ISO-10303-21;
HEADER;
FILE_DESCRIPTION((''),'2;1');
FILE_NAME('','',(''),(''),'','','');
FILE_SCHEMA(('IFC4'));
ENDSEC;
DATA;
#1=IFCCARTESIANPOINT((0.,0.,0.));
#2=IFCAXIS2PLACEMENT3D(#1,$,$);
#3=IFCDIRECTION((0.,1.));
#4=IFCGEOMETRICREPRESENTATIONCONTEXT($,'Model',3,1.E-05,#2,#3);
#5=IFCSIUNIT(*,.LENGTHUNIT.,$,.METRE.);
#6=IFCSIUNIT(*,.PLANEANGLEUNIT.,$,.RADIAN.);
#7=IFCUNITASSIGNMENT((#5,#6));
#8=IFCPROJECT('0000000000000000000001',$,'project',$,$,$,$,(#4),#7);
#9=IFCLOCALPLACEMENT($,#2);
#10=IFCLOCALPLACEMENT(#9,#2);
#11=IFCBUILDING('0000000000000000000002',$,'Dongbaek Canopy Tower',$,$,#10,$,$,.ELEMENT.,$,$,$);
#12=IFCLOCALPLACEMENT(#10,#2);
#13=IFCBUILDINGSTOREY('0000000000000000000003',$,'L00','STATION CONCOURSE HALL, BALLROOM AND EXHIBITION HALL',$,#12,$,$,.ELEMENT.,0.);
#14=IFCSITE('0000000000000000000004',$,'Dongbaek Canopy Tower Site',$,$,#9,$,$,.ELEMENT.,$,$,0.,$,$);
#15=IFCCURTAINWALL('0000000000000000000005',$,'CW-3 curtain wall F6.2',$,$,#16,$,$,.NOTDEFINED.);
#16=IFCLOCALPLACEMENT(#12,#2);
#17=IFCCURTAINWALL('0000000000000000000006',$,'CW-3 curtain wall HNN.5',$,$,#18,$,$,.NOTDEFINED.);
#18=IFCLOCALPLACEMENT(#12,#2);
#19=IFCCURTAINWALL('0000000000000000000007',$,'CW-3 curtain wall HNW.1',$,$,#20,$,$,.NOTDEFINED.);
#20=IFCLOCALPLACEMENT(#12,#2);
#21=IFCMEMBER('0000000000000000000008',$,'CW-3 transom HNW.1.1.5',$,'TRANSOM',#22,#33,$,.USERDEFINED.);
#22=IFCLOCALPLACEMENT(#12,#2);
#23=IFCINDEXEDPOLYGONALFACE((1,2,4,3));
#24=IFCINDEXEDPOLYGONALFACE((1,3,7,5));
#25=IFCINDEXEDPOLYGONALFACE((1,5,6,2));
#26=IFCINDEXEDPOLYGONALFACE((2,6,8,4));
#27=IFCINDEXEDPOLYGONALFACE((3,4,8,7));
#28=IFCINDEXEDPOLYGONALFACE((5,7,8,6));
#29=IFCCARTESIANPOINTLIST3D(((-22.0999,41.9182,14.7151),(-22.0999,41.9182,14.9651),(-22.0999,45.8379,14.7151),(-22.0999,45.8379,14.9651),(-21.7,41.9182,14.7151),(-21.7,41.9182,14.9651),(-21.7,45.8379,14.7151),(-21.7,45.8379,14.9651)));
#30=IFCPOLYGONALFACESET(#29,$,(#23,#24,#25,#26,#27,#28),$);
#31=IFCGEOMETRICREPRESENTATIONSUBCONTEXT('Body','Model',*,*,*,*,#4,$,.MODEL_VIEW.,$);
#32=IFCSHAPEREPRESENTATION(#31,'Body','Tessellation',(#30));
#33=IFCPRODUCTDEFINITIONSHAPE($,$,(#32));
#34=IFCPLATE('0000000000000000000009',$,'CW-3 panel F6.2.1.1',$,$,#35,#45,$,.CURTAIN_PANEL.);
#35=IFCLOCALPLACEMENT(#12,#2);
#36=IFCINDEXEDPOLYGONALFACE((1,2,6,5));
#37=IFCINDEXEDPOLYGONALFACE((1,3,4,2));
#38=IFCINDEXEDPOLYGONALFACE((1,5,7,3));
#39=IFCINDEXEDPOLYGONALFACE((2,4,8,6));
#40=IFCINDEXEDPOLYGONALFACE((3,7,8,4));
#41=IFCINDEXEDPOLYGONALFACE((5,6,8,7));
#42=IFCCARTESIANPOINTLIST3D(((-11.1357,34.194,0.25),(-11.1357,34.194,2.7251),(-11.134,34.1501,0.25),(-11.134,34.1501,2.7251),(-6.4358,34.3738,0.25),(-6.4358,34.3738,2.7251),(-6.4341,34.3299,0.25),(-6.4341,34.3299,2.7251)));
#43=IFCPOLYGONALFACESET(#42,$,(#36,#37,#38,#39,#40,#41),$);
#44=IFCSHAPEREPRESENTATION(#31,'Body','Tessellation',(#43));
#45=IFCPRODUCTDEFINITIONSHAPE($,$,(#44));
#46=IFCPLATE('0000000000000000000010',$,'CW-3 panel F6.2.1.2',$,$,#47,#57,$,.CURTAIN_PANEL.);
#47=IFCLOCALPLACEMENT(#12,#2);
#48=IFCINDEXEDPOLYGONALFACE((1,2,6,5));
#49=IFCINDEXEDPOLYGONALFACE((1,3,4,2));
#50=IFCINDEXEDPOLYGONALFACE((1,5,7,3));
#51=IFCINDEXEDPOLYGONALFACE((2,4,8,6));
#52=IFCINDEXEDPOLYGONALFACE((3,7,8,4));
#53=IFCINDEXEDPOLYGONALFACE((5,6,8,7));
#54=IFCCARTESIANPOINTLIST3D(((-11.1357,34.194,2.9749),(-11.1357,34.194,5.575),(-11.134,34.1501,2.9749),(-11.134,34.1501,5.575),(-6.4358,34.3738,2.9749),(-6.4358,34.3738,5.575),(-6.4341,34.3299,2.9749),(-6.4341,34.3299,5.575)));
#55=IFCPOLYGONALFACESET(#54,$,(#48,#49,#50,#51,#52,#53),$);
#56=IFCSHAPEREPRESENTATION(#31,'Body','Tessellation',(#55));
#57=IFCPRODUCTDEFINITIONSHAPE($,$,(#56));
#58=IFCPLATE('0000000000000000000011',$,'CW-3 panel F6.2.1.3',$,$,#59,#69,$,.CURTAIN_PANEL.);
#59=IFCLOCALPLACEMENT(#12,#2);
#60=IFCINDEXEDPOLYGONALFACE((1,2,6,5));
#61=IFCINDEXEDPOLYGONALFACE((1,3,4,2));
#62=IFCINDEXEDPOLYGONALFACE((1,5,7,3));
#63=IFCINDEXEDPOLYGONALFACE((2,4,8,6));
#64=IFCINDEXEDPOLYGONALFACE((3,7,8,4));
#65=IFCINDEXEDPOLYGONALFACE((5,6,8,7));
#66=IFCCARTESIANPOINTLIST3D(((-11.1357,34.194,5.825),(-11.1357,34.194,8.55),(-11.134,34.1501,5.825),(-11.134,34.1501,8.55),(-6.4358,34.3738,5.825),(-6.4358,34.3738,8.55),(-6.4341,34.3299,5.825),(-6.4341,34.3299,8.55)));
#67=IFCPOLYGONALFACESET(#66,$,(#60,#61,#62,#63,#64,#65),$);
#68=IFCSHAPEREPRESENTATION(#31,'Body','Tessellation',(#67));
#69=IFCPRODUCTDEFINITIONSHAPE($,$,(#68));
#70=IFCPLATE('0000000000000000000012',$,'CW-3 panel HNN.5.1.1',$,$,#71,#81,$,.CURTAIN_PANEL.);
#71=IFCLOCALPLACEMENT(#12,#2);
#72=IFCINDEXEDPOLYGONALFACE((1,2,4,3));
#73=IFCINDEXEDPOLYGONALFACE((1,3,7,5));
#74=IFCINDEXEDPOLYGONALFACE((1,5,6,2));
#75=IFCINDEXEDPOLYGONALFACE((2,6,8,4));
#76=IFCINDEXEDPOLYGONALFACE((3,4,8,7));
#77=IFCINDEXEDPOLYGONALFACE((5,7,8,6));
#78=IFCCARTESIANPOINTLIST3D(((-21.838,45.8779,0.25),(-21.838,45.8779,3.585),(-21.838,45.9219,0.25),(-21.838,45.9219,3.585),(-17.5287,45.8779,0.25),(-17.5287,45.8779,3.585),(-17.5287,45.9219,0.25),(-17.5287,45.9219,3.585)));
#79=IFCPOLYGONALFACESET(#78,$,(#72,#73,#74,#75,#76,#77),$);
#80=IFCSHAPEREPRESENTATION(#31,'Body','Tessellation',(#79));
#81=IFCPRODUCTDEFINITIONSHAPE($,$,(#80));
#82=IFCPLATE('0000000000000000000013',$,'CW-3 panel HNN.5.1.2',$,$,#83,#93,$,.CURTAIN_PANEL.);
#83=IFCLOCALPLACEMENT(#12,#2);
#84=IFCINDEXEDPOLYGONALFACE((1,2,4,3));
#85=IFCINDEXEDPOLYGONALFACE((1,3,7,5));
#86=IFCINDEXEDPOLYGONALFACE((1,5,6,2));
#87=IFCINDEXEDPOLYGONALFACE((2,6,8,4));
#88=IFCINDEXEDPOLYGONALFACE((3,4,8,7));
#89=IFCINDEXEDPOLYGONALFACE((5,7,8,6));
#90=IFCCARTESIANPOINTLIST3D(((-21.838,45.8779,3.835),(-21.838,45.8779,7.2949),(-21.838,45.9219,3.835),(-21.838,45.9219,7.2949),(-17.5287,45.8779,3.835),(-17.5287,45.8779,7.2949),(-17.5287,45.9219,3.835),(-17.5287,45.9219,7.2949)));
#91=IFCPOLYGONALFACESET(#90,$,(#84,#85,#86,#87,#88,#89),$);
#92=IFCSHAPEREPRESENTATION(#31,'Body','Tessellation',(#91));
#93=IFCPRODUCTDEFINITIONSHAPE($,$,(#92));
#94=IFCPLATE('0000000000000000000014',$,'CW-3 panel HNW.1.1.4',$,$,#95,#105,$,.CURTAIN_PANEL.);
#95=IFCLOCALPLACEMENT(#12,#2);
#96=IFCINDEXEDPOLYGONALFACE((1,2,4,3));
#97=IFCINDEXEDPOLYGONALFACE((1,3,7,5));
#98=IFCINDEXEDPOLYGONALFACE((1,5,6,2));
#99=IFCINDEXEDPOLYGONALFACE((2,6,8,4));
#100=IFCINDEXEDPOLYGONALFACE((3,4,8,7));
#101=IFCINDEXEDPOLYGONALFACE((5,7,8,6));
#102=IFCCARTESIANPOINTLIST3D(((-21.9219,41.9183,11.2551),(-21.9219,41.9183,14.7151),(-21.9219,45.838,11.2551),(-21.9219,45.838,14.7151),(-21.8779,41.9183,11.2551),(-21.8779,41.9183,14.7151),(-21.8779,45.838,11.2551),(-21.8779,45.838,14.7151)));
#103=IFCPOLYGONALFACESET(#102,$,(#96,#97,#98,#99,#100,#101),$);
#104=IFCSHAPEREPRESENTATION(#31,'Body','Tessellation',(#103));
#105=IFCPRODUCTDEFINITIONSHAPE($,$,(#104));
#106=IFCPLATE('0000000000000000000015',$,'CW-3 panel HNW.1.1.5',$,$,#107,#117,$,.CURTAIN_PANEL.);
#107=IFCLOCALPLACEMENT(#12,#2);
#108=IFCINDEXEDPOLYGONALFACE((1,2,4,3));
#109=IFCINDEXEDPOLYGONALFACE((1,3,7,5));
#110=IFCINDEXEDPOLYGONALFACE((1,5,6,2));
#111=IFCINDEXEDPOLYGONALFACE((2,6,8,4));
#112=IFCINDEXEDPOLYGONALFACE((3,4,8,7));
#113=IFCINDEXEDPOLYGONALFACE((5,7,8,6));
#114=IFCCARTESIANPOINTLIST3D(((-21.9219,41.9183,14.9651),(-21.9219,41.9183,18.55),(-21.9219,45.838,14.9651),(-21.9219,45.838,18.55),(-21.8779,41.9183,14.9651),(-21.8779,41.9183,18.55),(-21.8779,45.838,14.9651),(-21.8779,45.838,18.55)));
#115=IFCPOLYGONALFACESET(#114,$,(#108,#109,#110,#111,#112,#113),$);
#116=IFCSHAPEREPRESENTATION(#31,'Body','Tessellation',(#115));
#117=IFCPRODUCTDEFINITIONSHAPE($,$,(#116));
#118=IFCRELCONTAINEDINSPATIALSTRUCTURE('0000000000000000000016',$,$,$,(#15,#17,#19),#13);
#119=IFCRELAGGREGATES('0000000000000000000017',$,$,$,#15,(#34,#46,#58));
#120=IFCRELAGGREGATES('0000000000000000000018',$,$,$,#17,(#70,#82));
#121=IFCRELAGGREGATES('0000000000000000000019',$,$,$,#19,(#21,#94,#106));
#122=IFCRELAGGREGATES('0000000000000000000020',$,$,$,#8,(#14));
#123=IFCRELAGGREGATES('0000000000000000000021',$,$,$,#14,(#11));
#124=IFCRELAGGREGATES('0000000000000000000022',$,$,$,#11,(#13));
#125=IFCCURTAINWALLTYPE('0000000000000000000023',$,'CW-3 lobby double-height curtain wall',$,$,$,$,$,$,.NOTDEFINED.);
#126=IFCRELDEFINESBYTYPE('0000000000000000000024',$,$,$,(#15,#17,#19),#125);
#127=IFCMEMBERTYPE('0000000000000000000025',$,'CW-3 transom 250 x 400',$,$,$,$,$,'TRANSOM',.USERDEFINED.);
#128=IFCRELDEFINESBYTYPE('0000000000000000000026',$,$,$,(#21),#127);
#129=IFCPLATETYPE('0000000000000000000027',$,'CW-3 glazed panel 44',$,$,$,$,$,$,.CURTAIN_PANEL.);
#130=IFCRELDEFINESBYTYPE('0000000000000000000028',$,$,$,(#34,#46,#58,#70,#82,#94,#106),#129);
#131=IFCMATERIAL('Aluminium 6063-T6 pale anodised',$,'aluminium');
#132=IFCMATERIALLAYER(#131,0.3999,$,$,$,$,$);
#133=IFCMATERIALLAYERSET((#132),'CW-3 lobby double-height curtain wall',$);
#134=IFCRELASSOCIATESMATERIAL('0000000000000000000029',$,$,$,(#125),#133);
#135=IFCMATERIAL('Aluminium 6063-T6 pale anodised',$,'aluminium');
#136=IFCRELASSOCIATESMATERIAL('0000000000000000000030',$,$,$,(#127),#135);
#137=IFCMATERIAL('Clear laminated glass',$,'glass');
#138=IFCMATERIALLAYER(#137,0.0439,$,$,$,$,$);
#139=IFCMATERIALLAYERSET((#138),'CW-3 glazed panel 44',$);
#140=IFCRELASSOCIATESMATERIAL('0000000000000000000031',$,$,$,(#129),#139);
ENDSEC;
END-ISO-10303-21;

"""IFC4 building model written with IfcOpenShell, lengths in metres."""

from ifc_helpers import new_model, si_unit, direction, frame, origin, origin_2d, place, context, subcontext, project, spatial, rectangle, extrude, material, layer, layer_set, material_profile, profile_set, type_object, element, aggregate, save


model = new_model("IFC4")

# Units and contexts
model_context = context("Model", 3, precision=1e-05, world=origin(), true_north=direction((0.0, 1.0)))
body_context = subcontext(model_context, "Body", "Model", "MODEL_VIEW")
ifc_project = project(units=[si_unit("LENGTHUNIT", "METRE"), si_unit("PLANEANGLEUNIT", "RADIAN")], contexts=[model_context])

# Site, building, storey
site_placement = place(None, origin())
site = spatial("IfcSite", under=ifc_project, at=site_placement, Name="Dongbaek Canopy Tower Site", CompositionType="ELEMENT", RefElevation=0.0)
building_placement = place(site_placement, origin())
building = spatial("IfcBuilding", under=site, at=building_placement, Name="Dongbaek Canopy Tower", CompositionType="ELEMENT")
storey_placement = place(building_placement, origin())
storey = spatial("IfcBuildingStorey", under=building, at=storey_placement, Name="L00", Description="STATION CONCOURSE HALL, BALLROOM AND EXHIBITION HALL", CompositionType="ELEMENT", Elevation=0.0)

# Shared definitions
ifc_material_1 = material(Name="Aluminium 6063-T6 pale anodised", Category="aluminium")
ifc_layer_1 = layer(ifc_material_1, 0.3999)
ifc_layer_set_1 = layer_set([ifc_layer_1], Name="CW-3 lobby double-height curtain wall")
curtain_wall_type = type_object("IfcCurtainWallType", Name="CW-3 lobby double-height curtain wall", PredefinedType="NOTDEFINED", material=ifc_layer_set_1)

# Curtain wall
curtain_wall_1_placement = place(storey_placement, origin())
curtain_wall_1 = element("IfcCurtainWall", 1, at=curtain_wall_1_placement, inside=storey, type_object=curtain_wall_type, Name="CW-3 curtain wall F6.2", PredefinedType="NOTDEFINED")

# Curtain wall
curtain_wall_2_placement = place(storey_placement, origin())
curtain_wall_2 = element("IfcCurtainWall", 2, at=curtain_wall_2_placement, inside=storey, type_object=curtain_wall_type, Name="CW-3 curtain wall HNN.5", PredefinedType="NOTDEFINED")

# Shared definitions
ifc_material_2 = material(Name="Aluminium 6063-T6 pale anodised", Category="aluminium")
ifc_material_profile_1 = material_profile(ifc_material_2, rectangle(XDim=0.3999, YDim=0.25, at=origin_2d()), Name="CW-3 transom 250 x 400")
ifc_profile_set_1 = profile_set([ifc_material_profile_1], Name="Aluminium 6063-T6 pale anodised")
member_type_1 = type_object("IfcMemberType", Name="CW-3 transom 250 x 400", ElementType="TRANSOM", PredefinedType="USERDEFINED", material=ifc_profile_set_1)

# Curtain wall, member
curtain_wall_3_placement = place(storey_placement, origin())
curtain_wall_3 = element("IfcCurtainWall", 3, at=curtain_wall_3_placement, inside=storey, type_object=curtain_wall_type, Name="CW-3 curtain wall HNW.1", PredefinedType="NOTDEFINED")
member_1_placement = place(storey_placement, frame((-21.8999, 45.8379, 14.8401), z_axis=(0.0, -1.0, 0.0), x_axis=(1.0, 0.0, 0.0)))
member_1 = element("IfcMember", 4, at=member_1_placement, type_object=member_type_1, Name="CW-3 transom HNW.1.1.5", ObjectType="TRANSOM", PredefinedType="USERDEFINED", context=body_context, shape_type="SweptSolid", body=[
    extrude(rectangle(XDim=0.3999, YDim=0.25, at=origin_2d()), origin(), (0.0, 0.0, 1.0), 3.9197),
])

# Plates
ifc_material_3 = material(Name="Clear laminated glass", Category="glass")
ifc_layer_2 = layer(ifc_material_3, 0.0439)
ifc_layer_set_2 = layer_set([ifc_layer_2], Name="CW-3 glazed panel 44")
plate_type = type_object("IfcPlateType", Name="CW-3 glazed panel 44", PredefinedType="CURTAIN_PANEL", material=ifc_layer_set_2)
plate_1_placement = place(storey_placement, frame((-8.7849, 34.262, 0.25), z_axis=(0.0, 0.0, 1.0), x_axis=(-0.999269, -0.038232, 0.0)))
plate_1 = element("IfcPlate", 5, at=plate_1_placement, type_object=plate_type, Name="CW-3 panel F6.2.1.1", PredefinedType="CURTAIN_PANEL", context=body_context, shape_type="SweptSolid", body=[
    extrude(rectangle(XDim=4.7034, YDim=0.0439, at=origin_2d()), origin(), (0.0, 0.0, 1.0), 2.4751),
])
plate_2_placement = place(storey_placement, frame((-8.7849, 34.262, 2.9749), z_axis=(0.0, 0.0, 1.0), x_axis=(-0.999269, -0.038232, 0.0)))
plate_2 = element("IfcPlate", 6, at=plate_2_placement, type_object=plate_type, Name="CW-3 panel F6.2.1.2", PredefinedType="CURTAIN_PANEL", context=body_context, shape_type="SweptSolid", body=[
    extrude(rectangle(XDim=4.7034, YDim=0.0439, at=origin_2d()), origin(), (0.0, 0.0, 1.0), 2.6001),
])
plate_3_placement = place(storey_placement, frame((-8.7849, 34.262, 5.825), z_axis=(0.0, 0.0, 1.0), x_axis=(-0.999269, -0.038232, 0.0)))
plate_3 = element("IfcPlate", 7, at=plate_3_placement, type_object=plate_type, Name="CW-3 panel F6.2.1.3", PredefinedType="CURTAIN_PANEL", context=body_context, shape_type="SweptSolid", body=[
    extrude(rectangle(XDim=4.7034, YDim=0.0439, at=origin_2d()), origin(), (0.0, 0.0, 1.0), 2.7251),
])
aggregate(curtain_wall_1, [plate_1, plate_2, plate_3])
plate_4_placement = place(storey_placement, frame((-19.6833, 45.8999, 0.25), z_axis=(0.0, 0.0, 1.0), x_axis=(-1.0, 0.0, 0.0)))
plate_4 = element("IfcPlate", 8, at=plate_4_placement, type_object=plate_type, Name="CW-3 panel HNN.5.1.1", PredefinedType="CURTAIN_PANEL", context=body_context, shape_type="SweptSolid", body=[
    extrude(rectangle(XDim=4.3093, YDim=0.0439, at=origin_2d()), origin(), (0.0, 0.0, 1.0), 3.335),
])
plate_5_placement = place(storey_placement, frame((-19.6833, 45.8999, 3.835), z_axis=(0.0, 0.0, 1.0), x_axis=(-1.0, 0.0, 0.0)))
plate_5 = element("IfcPlate", 9, at=plate_5_placement, type_object=plate_type, Name="CW-3 panel HNN.5.1.2", PredefinedType="CURTAIN_PANEL", context=body_context, shape_type="SweptSolid", body=[
    extrude(rectangle(XDim=4.3093, YDim=0.0439, at=origin_2d()), origin(), (0.0, 0.0, 1.0), 3.46),
])
aggregate(curtain_wall_2, [plate_4, plate_5])
plate_6_placement = place(storey_placement, frame((-21.8999, 43.8782, 11.2551), z_axis=(0.0, 0.0, 1.0), x_axis=(0.0, -1.0, 0.0)))
plate_6 = element("IfcPlate", 10, at=plate_6_placement, type_object=plate_type, Name="CW-3 panel HNW.1.1.4", PredefinedType="CURTAIN_PANEL", context=body_context, shape_type="SweptSolid", body=[
    extrude(rectangle(XDim=3.9197, YDim=0.0439, at=origin_2d()), origin(), (0.0, 0.0, 1.0), 3.46),
])
plate_7_placement = place(storey_placement, frame((-21.8999, 43.8782, 14.9651), z_axis=(0.0, 0.0, 1.0), x_axis=(0.0, -1.0, 0.0)))
plate_7 = element("IfcPlate", 11, at=plate_7_placement, type_object=plate_type, Name="CW-3 panel HNW.1.1.5", PredefinedType="CURTAIN_PANEL", context=body_context, shape_type="SweptSolid", body=[
    extrude(rectangle(XDim=3.9197, YDim=0.0439, at=origin_2d()), origin(), (0.0, 0.0, 1.0), 3.585),
])
aggregate(curtain_wall_3, [member_1, plate_6, plate_7])

save(model, "model.ifc")
